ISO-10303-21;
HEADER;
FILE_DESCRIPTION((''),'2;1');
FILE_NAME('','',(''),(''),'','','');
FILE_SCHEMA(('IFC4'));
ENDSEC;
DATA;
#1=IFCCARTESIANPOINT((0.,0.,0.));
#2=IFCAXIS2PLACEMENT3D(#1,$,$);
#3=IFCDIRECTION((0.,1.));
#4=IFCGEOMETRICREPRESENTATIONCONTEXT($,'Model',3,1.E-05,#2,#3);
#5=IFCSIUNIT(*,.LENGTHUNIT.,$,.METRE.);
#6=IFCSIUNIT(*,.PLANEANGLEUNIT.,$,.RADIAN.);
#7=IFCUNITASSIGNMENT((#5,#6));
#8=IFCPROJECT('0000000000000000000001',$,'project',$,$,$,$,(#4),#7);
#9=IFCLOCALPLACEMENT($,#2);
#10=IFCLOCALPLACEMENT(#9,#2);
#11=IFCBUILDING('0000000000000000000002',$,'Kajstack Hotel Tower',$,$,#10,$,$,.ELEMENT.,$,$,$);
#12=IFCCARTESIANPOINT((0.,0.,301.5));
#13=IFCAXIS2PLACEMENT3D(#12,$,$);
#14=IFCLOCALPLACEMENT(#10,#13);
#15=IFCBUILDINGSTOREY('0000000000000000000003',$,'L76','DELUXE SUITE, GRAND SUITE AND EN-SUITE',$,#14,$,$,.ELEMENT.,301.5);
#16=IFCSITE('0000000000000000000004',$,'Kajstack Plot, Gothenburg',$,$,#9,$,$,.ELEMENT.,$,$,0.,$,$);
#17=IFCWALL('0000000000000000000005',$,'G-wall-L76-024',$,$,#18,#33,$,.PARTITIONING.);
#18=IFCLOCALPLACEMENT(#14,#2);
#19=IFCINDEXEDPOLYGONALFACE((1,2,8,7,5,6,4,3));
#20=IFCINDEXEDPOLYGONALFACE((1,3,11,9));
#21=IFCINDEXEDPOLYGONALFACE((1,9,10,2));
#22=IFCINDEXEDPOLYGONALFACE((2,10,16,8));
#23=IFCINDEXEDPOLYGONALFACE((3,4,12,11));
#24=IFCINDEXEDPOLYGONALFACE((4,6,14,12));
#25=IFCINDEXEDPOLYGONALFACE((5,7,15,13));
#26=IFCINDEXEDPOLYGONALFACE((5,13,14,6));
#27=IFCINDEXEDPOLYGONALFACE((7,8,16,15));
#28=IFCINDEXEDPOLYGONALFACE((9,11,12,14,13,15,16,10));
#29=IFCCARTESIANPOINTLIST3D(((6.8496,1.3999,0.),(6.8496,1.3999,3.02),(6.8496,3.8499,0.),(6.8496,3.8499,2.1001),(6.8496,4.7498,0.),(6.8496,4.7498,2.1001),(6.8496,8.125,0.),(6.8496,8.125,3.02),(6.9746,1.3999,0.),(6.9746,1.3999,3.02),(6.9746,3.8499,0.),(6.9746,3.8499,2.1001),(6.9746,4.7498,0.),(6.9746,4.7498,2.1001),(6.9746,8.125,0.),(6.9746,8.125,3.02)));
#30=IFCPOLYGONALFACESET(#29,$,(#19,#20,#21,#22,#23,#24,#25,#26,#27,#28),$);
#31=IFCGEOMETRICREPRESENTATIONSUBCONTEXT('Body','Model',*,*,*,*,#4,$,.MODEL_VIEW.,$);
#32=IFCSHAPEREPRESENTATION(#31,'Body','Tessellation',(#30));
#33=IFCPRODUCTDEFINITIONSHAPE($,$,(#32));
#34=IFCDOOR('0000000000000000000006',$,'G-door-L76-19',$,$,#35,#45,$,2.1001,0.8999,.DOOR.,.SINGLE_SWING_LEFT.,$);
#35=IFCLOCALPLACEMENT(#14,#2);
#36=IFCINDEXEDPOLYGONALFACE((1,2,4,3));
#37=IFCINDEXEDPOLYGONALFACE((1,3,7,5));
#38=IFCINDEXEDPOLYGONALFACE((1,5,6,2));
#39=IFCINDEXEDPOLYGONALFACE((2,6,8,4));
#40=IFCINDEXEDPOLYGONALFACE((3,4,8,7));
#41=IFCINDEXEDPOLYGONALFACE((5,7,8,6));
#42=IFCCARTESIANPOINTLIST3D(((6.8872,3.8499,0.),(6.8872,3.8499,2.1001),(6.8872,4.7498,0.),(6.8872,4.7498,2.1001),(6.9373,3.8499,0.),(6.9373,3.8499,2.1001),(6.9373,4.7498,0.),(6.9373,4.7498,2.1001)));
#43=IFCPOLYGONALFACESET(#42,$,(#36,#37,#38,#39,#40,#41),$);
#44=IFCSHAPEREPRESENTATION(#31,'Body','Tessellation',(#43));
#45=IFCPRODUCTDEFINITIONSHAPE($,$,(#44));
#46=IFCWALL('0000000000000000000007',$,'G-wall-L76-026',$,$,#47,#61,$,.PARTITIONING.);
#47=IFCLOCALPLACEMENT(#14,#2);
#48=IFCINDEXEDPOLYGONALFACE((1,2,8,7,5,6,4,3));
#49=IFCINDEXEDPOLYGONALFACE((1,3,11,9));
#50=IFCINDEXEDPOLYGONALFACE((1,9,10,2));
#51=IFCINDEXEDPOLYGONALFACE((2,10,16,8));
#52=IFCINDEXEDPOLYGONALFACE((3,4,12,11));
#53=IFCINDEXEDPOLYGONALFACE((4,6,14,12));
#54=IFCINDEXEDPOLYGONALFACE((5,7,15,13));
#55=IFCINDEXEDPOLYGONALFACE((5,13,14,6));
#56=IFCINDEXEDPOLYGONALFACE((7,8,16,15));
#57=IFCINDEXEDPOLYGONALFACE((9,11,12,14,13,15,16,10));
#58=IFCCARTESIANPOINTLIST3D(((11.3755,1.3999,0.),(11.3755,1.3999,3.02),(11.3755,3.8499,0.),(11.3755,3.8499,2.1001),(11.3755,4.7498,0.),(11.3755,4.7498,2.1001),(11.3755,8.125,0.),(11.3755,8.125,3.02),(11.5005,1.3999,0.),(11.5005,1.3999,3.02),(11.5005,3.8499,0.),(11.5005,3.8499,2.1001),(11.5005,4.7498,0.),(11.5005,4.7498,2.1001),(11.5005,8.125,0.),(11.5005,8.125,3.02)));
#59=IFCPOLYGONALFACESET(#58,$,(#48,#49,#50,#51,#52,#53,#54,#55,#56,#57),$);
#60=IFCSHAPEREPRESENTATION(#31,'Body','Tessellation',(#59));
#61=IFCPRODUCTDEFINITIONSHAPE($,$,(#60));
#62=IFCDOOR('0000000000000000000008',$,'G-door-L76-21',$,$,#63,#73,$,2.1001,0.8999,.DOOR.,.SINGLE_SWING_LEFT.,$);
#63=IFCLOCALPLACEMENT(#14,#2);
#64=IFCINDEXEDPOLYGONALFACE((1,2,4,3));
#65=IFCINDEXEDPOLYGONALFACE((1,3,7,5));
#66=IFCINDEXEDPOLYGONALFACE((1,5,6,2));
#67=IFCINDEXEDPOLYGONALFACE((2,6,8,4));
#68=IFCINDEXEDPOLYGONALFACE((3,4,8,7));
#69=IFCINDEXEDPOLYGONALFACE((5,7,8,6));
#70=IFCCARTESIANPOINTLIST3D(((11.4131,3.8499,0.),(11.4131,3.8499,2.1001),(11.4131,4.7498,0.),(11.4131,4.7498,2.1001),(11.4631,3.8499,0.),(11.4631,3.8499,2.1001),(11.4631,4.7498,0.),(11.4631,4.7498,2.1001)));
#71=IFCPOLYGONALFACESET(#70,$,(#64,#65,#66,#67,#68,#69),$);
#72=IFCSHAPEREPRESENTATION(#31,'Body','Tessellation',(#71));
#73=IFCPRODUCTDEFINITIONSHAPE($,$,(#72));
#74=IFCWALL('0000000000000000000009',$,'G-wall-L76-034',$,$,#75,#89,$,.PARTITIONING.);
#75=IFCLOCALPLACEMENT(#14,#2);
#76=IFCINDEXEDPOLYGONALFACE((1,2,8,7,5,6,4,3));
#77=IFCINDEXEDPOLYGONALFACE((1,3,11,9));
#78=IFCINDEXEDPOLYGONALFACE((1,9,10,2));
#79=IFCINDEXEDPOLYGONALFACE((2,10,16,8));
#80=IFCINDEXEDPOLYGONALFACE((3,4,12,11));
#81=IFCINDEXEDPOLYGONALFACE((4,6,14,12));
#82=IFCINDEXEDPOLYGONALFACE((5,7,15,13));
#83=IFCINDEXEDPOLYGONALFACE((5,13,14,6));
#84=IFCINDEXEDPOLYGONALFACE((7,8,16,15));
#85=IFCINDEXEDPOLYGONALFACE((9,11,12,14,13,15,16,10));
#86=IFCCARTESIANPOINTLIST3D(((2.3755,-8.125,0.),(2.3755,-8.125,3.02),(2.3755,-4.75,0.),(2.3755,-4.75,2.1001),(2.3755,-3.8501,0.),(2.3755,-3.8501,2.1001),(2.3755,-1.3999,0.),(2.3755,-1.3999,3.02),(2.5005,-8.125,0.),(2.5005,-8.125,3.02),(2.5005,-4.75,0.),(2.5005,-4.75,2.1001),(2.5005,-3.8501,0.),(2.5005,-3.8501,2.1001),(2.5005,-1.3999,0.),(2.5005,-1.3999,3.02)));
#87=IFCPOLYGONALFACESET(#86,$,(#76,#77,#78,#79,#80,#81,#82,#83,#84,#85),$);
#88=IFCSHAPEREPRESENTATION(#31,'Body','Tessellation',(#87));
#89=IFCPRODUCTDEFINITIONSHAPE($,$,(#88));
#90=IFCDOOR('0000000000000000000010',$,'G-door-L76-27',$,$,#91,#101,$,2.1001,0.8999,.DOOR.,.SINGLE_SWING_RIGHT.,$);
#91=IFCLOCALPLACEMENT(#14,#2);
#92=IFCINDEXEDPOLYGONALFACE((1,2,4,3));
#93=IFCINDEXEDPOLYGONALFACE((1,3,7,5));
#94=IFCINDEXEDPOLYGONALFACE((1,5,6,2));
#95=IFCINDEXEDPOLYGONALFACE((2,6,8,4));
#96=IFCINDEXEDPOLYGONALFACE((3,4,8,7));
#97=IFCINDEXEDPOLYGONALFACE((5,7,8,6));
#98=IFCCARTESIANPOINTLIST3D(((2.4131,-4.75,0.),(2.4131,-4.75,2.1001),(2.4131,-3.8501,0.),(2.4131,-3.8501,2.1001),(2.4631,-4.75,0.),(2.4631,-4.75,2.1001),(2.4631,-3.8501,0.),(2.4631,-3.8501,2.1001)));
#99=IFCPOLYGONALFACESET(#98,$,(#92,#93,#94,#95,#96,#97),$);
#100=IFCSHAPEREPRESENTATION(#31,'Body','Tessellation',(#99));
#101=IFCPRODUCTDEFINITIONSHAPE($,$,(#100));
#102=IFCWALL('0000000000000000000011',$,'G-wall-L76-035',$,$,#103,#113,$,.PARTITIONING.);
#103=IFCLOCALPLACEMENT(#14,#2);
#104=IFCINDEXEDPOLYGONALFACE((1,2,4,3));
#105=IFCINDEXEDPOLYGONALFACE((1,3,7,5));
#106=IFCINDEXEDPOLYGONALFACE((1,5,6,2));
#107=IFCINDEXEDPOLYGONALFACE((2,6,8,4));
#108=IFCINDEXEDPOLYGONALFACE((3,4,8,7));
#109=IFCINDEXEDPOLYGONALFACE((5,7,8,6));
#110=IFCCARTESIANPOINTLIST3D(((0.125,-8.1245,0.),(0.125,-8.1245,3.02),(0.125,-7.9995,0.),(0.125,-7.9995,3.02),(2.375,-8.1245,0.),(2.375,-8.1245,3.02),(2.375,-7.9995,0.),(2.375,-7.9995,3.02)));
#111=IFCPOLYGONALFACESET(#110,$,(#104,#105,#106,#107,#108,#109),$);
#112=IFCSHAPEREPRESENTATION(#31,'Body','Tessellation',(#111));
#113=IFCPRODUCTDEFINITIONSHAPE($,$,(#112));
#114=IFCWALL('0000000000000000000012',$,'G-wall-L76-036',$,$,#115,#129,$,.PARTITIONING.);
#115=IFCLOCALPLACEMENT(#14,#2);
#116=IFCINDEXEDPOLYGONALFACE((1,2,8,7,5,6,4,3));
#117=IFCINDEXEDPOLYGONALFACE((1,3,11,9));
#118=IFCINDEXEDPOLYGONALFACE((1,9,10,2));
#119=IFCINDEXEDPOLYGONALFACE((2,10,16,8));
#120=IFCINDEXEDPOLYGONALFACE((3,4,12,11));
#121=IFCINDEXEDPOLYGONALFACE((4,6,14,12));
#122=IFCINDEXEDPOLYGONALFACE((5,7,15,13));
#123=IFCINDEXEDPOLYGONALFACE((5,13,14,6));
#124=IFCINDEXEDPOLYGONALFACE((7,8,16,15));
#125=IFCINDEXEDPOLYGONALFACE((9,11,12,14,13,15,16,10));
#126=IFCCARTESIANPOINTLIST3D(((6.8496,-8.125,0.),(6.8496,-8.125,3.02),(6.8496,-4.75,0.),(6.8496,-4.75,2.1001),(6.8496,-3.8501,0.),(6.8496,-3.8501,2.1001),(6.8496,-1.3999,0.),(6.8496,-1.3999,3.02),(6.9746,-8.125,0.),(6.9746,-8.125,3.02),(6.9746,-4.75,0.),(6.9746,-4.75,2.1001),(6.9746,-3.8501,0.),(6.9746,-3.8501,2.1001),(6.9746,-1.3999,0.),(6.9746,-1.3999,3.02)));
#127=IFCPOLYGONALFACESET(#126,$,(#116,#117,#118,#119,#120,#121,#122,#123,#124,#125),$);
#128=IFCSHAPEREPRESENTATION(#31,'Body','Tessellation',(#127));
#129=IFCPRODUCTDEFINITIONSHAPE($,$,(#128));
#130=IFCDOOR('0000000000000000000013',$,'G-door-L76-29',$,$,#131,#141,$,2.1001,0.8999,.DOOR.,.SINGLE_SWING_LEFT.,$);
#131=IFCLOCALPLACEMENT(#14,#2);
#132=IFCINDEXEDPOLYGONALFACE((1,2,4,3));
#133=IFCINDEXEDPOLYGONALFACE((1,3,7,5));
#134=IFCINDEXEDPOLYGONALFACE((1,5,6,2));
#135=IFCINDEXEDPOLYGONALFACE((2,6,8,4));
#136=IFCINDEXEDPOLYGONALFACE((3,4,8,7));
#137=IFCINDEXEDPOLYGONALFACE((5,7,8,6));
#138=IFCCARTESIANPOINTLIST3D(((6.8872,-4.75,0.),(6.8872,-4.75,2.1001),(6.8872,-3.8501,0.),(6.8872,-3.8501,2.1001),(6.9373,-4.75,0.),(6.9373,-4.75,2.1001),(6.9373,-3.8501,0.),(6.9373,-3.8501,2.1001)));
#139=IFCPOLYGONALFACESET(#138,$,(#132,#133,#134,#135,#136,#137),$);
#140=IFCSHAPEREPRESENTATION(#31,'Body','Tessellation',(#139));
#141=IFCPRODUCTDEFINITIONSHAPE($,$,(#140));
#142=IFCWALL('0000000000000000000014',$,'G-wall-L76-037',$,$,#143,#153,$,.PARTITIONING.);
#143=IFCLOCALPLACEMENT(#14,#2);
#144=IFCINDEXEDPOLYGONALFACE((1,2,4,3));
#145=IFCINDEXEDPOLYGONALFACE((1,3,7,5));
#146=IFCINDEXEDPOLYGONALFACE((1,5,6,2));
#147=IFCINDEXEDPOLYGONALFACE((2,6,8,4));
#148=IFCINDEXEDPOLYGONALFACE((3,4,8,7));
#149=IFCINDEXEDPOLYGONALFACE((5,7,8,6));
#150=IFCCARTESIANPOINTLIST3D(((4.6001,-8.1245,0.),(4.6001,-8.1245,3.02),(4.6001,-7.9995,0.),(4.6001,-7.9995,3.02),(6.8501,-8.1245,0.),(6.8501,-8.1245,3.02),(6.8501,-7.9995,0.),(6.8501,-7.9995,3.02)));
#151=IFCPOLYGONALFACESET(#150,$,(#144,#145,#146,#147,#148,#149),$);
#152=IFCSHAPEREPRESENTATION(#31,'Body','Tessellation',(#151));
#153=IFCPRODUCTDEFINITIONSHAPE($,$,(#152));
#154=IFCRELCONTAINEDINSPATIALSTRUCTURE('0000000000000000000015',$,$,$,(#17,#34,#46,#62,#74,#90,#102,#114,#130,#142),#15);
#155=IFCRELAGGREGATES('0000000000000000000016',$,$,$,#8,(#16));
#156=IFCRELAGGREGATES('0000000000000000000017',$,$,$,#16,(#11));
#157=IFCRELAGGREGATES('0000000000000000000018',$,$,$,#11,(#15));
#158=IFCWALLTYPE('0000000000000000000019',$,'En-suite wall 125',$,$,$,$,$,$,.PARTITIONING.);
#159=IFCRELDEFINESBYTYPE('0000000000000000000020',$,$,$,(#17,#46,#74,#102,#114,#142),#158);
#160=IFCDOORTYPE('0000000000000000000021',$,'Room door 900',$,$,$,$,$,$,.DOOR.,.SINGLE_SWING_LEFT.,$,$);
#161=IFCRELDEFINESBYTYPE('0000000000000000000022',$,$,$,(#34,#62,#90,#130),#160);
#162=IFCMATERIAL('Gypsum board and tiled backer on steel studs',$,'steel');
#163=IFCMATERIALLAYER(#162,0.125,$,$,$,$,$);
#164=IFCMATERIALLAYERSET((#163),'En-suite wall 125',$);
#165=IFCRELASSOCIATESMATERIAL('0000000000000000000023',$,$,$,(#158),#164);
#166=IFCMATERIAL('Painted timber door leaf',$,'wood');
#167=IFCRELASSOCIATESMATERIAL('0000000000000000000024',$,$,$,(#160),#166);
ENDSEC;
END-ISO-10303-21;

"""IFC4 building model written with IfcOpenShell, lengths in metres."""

from ifc_helpers import new_model, si_unit, direction, frame, frame_2d, origin, place, context, subcontext, project, spatial, rectangle, extrude, material, layer, layer_set, type_object, element, fill, save


model = new_model("IFC4")

# Units and contexts
model_context = context("Model", 3, precision=1e-05, world=origin(), true_north=direction((0.0, 1.0)))
body_context = subcontext(model_context, "Body", "Model", "MODEL_VIEW")
ifc_project = project(units=[si_unit("LENGTHUNIT", "METRE"), si_unit("PLANEANGLEUNIT", "RADIAN")], contexts=[model_context])

# Site, building, storey
site_placement = place(None, origin())
site = spatial("IfcSite", under=ifc_project, at=site_placement, Name="Kajstack Plot, Gothenburg", CompositionType="ELEMENT", RefElevation=0.0)
building_placement = place(site_placement, origin())
building = spatial("IfcBuilding", under=site, at=building_placement, Name="Kajstack Hotel Tower", CompositionType="ELEMENT")
storey_placement = place(building_placement, frame((0.0, 0.0, 301.5)))
storey = spatial("IfcBuildingStorey", under=building, at=storey_placement, Name="L76", Description="DELUXE SUITE, GRAND SUITE AND EN-SUITE", CompositionType="ELEMENT", Elevation=301.5)

# Walls, openings, doors
ifc_material_1 = material(Name="Gypsum board and tiled backer on steel studs", Category="steel")
ifc_layer_1 = layer(ifc_material_1, 0.125)
ifc_layer_set_1 = layer_set([ifc_layer_1], Name="En-suite wall 125")
wall_type_1 = type_object("IfcWallType", Name="En-suite wall 125", PredefinedType="PARTITIONING", material=ifc_layer_set_1)
ifc_material_2 = material(Name="Painted timber door leaf", Category="wood")
door_type_1 = type_object("IfcDoorType", Name="Room door 900", OperationType="SINGLE_SWING_LEFT", PredefinedType="DOOR", material=ifc_material_2)
wall_1_placement = place(storey_placement, frame((6.9121, 1.3999, 0.0), z_axis=(0.0, 0.0, 1.0), x_axis=(0.0, 1.0, 0.0)))
wall_1 = element("IfcWall", 1, at=wall_1_placement, inside=storey, type_object=wall_type_1, Name="G-wall-L76-024", PredefinedType="PARTITIONING", context=body_context, shape_type="SweptSolid", body=[
    extrude(rectangle(XDim=6.7251, YDim=0.125, at=frame_2d((3.3625, 0.0))), origin(), (0.0, 0.0, 1.0), 3.02),
])
opening_1_placement = place(wall_1_placement, frame((2.45, 0.0, 0.0)))
opening_1 = element("IfcOpeningElement", 2, at=opening_1_placement, cuts=wall_1, PredefinedType="OPENING", context=body_context, shape_type="SweptSolid", body=[
    extrude(rectangle(XDim=0.8999, YDim=2.1001, at=frame_2d((0.45, 1.05))), frame((0.0, 0.0725, 0.0), z_axis=(0.0, -1.0, 0.0), x_axis=(1.0, 0.0, 0.0)), (0.0, 0.0, 1.0), 0.145),
])
door_1_placement = place(opening_1_placement, origin())
door_1 = element("IfcDoor", 3, at=door_1_placement, inside=storey, type_object=door_type_1, Name="G-door-L76-19", OperationType="SINGLE_SWING_LEFT", OverallHeight=2.1001, OverallWidth=0.8999, PredefinedType="DOOR", context=body_context, shape_type="SweptSolid", body=[
    extrude(rectangle(XDim=0.8999, YDim=2.1001, at=frame_2d((0.45, 1.05))), frame((0.0, 0.0249, 0.0), z_axis=(0.0, -1.0, 0.0), x_axis=(1.0, 0.0, 0.0)), (0.0, 0.0, 1.0), 0.05),
])
fill(opening_1, door_1)
wall_2_placement = place(storey_placement, frame((11.438, 1.3999, 0.0), z_axis=(0.0, 0.0, 1.0), x_axis=(0.0, 1.0, 0.0)))
wall_2 = element("IfcWall", 4, at=wall_2_placement, inside=storey, type_object=wall_type_1, Name="G-wall-L76-026", PredefinedType="PARTITIONING", context=body_context, shape_type="SweptSolid", body=[
    extrude(rectangle(XDim=6.7251, YDim=0.125, at=frame_2d((3.3625, 0.0))), origin(), (0.0, 0.0, 1.0), 3.02),
])
opening_2_placement = place(wall_2_placement, frame((2.45, 0.0, 0.0)))
opening_2 = element("IfcOpeningElement", 5, at=opening_2_placement, cuts=wall_2, PredefinedType="OPENING", context=body_context, shape_type="SweptSolid", body=[
    extrude(rectangle(XDim=0.8999, YDim=2.1001, at=frame_2d((0.45, 1.05))), frame((0.0, 0.0725, 0.0), z_axis=(0.0, -1.0, 0.0), x_axis=(1.0, 0.0, 0.0)), (0.0, 0.0, 1.0), 0.145),
])
door_2_placement = place(opening_2_placement, origin())
door_2 = element("IfcDoor", 6, at=door_2_placement, inside=storey, type_object=door_type_1, Name="G-door-L76-21", OperationType="SINGLE_SWING_LEFT", OverallHeight=2.1001, OverallWidth=0.8999, PredefinedType="DOOR", context=body_context, shape_type="SweptSolid", body=[
    extrude(rectangle(XDim=0.8999, YDim=2.1001, at=frame_2d((0.45, 1.05))), frame((0.0, 0.0249, 0.0), z_axis=(0.0, -1.0, 0.0), x_axis=(1.0, 0.0, 0.0)), (0.0, 0.0, 1.0), 0.05),
])
fill(opening_2, door_2)
wall_3_placement = place(storey_placement, frame((2.438, -8.125, 0.0), z_axis=(0.0, 0.0, 1.0), x_axis=(0.0, 1.0, 0.0)))
wall_3 = element("IfcWall", 7, at=wall_3_placement, inside=storey, type_object=wall_type_1, Name="G-wall-L76-034", PredefinedType="PARTITIONING", context=body_context, shape_type="SweptSolid", body=[
    extrude(rectangle(XDim=6.7251, YDim=0.125, at=frame_2d((3.3625, 0.0))), origin(), (0.0, 0.0, 1.0), 3.02),
])
opening_3_placement = place(wall_3_placement, frame((3.375, 0.0, 0.0)))
opening_3 = element("IfcOpeningElement", 8, at=opening_3_placement, cuts=wall_3, PredefinedType="OPENING", context=body_context, shape_type="SweptSolid", body=[
    extrude(rectangle(XDim=0.8999, YDim=2.1001, at=frame_2d((0.45, 1.05))), frame((0.0, 0.0725, 0.0), z_axis=(0.0, -1.0, 0.0), x_axis=(1.0, 0.0, 0.0)), (0.0, 0.0, 1.0), 0.145),
])
door_3_placement = place(opening_3_placement, origin())
door_3 = element("IfcDoor", 9, at=door_3_placement, inside=storey, type_object=door_type_1, Name="G-door-L76-27", OperationType="SINGLE_SWING_RIGHT", OverallHeight=2.1001, OverallWidth=0.8999, PredefinedType="DOOR", context=body_context, shape_type="SweptSolid", body=[
    extrude(rectangle(XDim=0.8999, YDim=2.1001, at=frame_2d((0.45, 1.05))), frame((0.0, 0.0249, 0.0), z_axis=(0.0, -1.0, 0.0), x_axis=(1.0, 0.0, 0.0)), (0.0, 0.0, 1.0), 0.05),
])
fill(opening_3, door_3)

# Wall
wall_4_placement = place(storey_placement, frame((0.125, -8.062, 0.0), z_axis=(0.0, 0.0, 1.0), x_axis=(1.0, 0.0, 0.0)))
element("IfcWall", 10, at=wall_4_placement, inside=storey, type_object=wall_type_1, Name="G-wall-L76-035", PredefinedType="PARTITIONING", context=body_context, shape_type="SweptSolid", body=[
    extrude(rectangle(XDim=2.25, YDim=0.125, at=frame_2d((1.125, 0.0))), origin(), (0.0, 0.0, 1.0), 3.02),
])

# Wall, opening, door
wall_5_placement = place(storey_placement, frame((6.9121, -8.125, 0.0), z_axis=(0.0, 0.0, 1.0), x_axis=(0.0, 1.0, 0.0)))
wall_5 = element("IfcWall", 11, at=wall_5_placement, inside=storey, type_object=wall_type_1, Name="G-wall-L76-036", PredefinedType="PARTITIONING", context=body_context, shape_type="SweptSolid", body=[
    extrude(rectangle(XDim=6.7251, YDim=0.125, at=frame_2d((3.3625, 0.0))), origin(), (0.0, 0.0, 1.0), 3.02),
])
opening_4_placement = place(wall_5_placement, frame((3.375, 0.0, 0.0)))
opening_4 = element("IfcOpeningElement", 12, at=opening_4_placement, cuts=wall_5, PredefinedType="OPENING", context=body_context, shape_type="SweptSolid", body=[
    extrude(rectangle(XDim=0.8999, YDim=2.1001, at=frame_2d((0.45, 1.05))), frame((0.0, 0.0725, 0.0), z_axis=(0.0, -1.0, 0.0), x_axis=(1.0, 0.0, 0.0)), (0.0, 0.0, 1.0), 0.145),
])
door_4_placement = place(opening_4_placement, origin())
door_4 = element("IfcDoor", 13, at=door_4_placement, inside=storey, type_object=door_type_1, Name="G-door-L76-29", OperationType="SINGLE_SWING_LEFT", OverallHeight=2.1001, OverallWidth=0.8999, PredefinedType="DOOR", context=body_context, shape_type="SweptSolid", body=[
    extrude(rectangle(XDim=0.8999, YDim=2.1001, at=frame_2d((0.45, 1.05))), frame((0.0, 0.0249, 0.0), z_axis=(0.0, -1.0, 0.0), x_axis=(1.0, 0.0, 0.0)), (0.0, 0.0, 1.0), 0.05),
])
fill(opening_4, door_4)

# Wall
wall_6_placement = place(storey_placement, frame((4.6001, -8.062, 0.0), z_axis=(0.0, 0.0, 1.0), x_axis=(1.0, 0.0, 0.0)))
element("IfcWall", 14, at=wall_6_placement, inside=storey, type_object=wall_type_1, Name="G-wall-L76-037", PredefinedType="PARTITIONING", context=body_context, shape_type="SweptSolid", body=[
    extrude(rectangle(XDim=2.25, YDim=0.125, at=frame_2d((1.125, 0.0))), origin(), (0.0, 0.0, 1.0), 3.02),
])

save(model, "model.ifc")
